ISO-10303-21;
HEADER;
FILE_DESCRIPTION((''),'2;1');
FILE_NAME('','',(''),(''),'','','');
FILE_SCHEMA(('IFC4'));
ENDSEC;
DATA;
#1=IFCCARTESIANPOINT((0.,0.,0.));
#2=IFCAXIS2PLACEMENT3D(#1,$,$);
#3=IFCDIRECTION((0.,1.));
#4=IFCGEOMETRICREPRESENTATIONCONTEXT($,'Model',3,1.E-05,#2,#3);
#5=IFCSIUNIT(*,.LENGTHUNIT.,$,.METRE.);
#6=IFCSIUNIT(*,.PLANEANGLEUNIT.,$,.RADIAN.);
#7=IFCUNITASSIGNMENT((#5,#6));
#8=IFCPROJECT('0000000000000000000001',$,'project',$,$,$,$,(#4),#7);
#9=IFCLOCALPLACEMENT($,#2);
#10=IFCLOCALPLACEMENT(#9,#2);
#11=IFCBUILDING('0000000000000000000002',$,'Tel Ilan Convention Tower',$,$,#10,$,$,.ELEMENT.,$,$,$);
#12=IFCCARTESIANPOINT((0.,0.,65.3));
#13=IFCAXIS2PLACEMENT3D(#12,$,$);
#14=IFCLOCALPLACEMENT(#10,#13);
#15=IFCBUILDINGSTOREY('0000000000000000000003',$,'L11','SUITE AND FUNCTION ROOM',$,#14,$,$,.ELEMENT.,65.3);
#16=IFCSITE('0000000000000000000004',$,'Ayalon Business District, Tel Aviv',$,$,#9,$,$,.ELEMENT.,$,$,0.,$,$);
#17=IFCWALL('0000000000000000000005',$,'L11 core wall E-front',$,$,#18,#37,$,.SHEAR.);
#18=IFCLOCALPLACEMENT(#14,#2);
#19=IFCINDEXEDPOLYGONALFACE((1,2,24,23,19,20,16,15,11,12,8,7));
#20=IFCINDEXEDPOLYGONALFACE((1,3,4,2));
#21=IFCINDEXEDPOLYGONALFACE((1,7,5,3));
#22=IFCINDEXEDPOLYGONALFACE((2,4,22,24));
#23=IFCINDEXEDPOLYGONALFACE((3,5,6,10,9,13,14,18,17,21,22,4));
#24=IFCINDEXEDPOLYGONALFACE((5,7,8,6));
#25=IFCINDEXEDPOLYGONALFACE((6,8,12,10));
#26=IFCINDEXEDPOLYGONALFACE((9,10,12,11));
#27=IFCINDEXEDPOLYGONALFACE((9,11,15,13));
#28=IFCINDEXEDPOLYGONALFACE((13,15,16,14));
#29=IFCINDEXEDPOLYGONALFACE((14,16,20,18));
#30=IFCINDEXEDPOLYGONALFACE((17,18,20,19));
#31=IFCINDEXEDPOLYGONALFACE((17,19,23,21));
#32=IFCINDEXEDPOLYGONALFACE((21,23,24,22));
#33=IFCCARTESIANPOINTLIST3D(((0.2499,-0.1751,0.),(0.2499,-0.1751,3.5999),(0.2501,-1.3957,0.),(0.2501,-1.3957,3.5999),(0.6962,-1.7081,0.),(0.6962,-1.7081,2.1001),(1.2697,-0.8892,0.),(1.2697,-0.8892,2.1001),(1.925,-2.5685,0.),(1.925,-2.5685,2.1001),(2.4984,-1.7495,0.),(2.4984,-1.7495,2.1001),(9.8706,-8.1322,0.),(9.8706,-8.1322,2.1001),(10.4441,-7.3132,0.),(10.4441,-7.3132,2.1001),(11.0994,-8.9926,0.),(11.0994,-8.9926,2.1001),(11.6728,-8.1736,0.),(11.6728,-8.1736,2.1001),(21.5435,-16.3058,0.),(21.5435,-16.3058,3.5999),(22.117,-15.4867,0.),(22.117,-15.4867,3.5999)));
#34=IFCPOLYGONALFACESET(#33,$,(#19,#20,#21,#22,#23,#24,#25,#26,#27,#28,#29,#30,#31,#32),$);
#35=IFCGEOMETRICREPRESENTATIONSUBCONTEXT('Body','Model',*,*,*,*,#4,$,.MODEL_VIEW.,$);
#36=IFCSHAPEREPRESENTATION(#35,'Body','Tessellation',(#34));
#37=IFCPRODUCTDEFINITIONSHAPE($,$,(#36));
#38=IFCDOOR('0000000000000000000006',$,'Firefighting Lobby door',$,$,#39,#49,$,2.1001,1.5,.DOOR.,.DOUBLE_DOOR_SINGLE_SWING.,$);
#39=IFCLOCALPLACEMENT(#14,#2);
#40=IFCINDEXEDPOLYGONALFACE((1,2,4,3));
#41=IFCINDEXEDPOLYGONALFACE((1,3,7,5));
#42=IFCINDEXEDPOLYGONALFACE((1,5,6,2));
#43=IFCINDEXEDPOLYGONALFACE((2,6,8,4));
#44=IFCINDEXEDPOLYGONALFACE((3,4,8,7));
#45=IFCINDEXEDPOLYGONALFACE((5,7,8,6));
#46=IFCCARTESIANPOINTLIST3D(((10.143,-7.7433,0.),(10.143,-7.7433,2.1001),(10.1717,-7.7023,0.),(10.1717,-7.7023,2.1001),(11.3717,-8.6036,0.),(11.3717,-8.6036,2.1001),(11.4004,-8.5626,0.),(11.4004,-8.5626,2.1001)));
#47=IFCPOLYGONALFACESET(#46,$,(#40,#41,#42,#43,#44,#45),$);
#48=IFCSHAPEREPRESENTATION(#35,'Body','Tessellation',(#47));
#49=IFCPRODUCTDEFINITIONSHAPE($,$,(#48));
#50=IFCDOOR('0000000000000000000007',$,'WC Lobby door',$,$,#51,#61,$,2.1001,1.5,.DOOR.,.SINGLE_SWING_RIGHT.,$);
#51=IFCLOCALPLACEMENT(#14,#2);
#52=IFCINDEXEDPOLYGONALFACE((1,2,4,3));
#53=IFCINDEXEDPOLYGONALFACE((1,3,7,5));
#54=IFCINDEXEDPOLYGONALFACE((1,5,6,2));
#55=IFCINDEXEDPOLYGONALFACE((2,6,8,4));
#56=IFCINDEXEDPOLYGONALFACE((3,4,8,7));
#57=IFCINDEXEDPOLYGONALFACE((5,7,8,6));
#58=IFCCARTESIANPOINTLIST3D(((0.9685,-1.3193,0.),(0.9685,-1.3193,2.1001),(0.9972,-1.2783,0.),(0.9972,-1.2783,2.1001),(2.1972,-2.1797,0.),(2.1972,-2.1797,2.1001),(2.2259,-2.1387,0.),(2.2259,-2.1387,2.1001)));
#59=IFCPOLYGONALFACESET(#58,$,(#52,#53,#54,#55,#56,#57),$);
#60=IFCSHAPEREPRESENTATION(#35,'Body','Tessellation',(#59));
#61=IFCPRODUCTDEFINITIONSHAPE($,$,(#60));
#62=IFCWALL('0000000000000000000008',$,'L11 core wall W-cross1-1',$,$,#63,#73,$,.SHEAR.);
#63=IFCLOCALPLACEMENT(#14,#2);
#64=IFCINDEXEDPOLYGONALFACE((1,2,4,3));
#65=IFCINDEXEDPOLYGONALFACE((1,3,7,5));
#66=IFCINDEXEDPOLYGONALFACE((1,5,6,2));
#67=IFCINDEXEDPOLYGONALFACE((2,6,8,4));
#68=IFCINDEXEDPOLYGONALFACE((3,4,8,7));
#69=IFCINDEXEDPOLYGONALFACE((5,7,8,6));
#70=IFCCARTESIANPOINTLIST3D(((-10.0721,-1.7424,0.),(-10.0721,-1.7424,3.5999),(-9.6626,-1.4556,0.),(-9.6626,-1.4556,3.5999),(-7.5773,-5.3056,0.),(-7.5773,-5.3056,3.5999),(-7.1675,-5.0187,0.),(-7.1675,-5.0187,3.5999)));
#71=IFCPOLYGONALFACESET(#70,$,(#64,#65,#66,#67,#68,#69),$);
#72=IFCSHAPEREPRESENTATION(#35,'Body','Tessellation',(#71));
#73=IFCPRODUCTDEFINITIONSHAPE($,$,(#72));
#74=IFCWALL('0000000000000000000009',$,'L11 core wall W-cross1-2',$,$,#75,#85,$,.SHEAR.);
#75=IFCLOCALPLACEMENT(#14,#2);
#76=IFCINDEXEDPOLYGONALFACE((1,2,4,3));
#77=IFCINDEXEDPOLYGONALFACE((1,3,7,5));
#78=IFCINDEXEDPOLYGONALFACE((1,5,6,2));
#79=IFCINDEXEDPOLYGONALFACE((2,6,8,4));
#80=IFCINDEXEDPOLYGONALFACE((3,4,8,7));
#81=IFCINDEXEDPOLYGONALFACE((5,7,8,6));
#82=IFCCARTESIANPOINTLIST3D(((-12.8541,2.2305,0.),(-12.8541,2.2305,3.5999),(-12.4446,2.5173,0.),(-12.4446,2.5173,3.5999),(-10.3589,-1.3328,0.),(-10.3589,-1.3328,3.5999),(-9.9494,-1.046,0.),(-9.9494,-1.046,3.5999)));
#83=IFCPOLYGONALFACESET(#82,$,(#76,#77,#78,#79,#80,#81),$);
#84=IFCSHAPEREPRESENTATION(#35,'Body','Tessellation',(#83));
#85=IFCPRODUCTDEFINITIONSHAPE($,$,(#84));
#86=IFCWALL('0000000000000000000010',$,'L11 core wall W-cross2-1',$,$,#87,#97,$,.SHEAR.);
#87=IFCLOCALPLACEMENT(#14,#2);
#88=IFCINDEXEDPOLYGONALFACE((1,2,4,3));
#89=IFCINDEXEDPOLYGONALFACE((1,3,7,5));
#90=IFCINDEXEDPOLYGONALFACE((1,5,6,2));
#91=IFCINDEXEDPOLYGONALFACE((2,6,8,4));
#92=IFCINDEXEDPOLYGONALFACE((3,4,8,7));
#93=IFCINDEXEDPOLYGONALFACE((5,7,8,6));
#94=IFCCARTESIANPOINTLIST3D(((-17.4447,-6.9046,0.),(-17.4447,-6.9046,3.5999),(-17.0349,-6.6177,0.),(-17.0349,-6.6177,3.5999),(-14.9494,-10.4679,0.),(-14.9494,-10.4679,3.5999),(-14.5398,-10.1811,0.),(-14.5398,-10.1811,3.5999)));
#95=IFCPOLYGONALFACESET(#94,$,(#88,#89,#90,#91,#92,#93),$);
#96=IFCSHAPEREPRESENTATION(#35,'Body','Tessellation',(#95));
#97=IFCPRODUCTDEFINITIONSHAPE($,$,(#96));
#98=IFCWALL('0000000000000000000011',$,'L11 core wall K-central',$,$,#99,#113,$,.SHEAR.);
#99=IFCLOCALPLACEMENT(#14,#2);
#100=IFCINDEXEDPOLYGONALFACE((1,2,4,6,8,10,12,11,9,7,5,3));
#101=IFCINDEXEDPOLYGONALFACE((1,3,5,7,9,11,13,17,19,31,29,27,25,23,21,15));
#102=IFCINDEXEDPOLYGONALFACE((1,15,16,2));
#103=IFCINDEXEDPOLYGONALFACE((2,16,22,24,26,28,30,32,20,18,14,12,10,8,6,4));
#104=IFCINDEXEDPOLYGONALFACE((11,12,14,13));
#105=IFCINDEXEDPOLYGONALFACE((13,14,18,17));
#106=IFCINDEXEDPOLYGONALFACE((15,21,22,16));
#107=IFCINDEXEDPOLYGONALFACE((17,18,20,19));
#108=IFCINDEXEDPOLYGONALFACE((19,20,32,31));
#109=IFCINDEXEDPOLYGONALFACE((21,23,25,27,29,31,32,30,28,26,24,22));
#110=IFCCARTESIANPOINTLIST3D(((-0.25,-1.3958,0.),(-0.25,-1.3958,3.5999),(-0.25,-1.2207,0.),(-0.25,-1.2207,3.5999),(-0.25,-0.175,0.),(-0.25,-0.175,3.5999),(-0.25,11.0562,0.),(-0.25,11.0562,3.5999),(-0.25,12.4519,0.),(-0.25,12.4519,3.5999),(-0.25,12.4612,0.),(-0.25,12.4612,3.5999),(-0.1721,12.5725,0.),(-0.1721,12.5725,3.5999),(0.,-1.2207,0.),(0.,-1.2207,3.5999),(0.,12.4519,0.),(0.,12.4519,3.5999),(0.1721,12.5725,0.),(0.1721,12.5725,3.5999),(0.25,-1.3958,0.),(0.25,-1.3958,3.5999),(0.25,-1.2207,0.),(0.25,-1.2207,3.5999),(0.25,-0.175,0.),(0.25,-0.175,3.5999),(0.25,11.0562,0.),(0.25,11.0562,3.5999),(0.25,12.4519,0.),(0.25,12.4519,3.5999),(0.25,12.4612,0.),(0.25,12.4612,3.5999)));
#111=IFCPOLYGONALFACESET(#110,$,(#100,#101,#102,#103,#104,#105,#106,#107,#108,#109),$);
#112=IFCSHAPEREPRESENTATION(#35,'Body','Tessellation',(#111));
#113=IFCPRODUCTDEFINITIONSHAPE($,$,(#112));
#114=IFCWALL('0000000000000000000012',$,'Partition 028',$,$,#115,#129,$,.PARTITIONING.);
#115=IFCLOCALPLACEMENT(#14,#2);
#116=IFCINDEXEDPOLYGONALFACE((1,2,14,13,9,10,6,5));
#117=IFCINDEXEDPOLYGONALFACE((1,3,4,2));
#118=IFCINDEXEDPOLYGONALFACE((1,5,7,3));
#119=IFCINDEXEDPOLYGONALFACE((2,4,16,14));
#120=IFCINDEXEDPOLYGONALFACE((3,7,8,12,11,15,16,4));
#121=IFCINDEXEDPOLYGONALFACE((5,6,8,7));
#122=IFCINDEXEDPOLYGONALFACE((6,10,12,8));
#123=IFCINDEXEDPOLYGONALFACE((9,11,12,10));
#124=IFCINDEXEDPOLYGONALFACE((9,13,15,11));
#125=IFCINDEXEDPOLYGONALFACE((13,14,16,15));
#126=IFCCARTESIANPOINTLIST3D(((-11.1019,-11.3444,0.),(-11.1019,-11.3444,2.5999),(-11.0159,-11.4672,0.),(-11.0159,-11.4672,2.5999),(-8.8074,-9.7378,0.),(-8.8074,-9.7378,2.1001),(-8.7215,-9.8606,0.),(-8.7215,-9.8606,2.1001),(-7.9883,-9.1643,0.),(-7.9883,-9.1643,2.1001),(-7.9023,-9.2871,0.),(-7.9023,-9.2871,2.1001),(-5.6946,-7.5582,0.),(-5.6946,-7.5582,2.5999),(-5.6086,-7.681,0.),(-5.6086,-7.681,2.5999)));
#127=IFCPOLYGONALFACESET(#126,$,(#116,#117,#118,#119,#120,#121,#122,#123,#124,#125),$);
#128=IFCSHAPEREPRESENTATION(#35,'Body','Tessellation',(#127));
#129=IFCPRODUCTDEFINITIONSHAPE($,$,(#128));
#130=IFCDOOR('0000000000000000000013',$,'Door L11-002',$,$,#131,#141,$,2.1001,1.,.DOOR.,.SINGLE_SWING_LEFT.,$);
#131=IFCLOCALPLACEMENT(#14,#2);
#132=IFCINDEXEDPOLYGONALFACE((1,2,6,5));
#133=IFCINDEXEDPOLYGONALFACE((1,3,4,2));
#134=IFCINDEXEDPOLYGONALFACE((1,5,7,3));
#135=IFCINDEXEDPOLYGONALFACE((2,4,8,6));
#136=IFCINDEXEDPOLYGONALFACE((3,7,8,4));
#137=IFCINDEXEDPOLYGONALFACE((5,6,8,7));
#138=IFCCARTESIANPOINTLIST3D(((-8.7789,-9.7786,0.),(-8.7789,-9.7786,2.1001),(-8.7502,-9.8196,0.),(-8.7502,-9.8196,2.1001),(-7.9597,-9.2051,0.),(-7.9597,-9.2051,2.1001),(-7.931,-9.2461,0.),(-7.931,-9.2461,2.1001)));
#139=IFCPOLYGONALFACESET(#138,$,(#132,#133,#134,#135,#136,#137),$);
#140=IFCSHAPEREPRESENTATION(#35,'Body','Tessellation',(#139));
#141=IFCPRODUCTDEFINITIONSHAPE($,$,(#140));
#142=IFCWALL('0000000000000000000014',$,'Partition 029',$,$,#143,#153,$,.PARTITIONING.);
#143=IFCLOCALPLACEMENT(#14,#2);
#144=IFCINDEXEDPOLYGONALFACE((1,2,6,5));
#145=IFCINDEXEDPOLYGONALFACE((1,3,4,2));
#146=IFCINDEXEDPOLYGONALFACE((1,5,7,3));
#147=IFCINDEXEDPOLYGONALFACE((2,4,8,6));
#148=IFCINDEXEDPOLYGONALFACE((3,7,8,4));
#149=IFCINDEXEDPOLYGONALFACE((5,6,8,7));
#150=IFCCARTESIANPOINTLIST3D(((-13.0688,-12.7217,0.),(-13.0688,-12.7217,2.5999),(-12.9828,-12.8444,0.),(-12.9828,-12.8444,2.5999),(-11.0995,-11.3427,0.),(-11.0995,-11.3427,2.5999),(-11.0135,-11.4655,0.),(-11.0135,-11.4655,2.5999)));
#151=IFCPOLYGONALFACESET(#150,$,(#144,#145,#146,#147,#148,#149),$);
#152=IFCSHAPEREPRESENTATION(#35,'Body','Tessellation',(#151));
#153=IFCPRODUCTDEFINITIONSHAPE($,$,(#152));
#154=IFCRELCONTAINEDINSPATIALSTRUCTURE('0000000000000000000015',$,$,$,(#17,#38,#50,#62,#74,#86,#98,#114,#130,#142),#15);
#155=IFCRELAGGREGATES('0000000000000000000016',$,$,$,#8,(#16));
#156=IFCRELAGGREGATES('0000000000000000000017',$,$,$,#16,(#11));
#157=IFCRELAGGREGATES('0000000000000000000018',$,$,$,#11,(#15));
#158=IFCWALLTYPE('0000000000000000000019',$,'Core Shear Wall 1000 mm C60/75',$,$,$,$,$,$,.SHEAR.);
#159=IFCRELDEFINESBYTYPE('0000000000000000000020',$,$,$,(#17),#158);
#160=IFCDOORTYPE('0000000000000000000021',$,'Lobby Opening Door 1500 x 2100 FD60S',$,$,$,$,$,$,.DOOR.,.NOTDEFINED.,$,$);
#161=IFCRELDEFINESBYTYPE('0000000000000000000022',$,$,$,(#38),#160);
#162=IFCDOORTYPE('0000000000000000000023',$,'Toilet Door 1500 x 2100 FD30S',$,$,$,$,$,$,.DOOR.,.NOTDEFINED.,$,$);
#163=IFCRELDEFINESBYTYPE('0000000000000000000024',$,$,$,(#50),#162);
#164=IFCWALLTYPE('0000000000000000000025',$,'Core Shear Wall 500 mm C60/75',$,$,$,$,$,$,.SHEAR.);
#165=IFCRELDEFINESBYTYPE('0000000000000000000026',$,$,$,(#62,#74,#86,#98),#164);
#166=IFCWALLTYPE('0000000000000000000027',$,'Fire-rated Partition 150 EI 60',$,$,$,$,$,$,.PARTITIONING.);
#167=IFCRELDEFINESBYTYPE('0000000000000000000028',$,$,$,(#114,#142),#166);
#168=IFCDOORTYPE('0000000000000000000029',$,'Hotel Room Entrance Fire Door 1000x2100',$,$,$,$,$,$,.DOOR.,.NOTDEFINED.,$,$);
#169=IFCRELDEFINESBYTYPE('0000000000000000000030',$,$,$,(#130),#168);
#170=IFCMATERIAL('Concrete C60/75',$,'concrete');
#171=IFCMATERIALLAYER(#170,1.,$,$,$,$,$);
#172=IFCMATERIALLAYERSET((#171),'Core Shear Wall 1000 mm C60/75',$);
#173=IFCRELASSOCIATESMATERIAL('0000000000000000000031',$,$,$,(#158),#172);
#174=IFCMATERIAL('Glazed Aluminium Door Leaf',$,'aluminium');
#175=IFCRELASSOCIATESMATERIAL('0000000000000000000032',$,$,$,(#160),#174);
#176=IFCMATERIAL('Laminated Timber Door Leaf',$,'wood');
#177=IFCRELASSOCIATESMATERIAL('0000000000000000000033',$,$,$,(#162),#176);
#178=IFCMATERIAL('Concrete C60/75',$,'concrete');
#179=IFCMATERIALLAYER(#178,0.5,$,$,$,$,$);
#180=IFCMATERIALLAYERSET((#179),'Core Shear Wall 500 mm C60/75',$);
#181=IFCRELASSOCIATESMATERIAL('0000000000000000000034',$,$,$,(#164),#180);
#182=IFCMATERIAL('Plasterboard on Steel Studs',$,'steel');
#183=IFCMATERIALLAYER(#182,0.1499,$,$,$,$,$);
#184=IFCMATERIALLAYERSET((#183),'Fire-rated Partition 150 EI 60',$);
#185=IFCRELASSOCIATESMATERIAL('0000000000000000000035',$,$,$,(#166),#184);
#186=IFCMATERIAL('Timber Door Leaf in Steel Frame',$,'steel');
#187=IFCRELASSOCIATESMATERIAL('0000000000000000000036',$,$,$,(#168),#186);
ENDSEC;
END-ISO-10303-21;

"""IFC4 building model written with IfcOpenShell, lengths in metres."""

from ifc_helpers import new_model, si_unit, direction, frame, frame_2d, origin, place, context, subcontext, project, spatial, polyline, rectangle, outline, extrude, material, layer, layer_set, type_object, element, fill, save


model = new_model("IFC4")

# Units and contexts
model_context = context("Model", 3, precision=1e-05, world=origin(), true_north=direction((0.0, 1.0)))
body_context = subcontext(model_context, "Body", "Model", "MODEL_VIEW")
ifc_project = project(units=[si_unit("LENGTHUNIT", "METRE"), si_unit("PLANEANGLEUNIT", "RADIAN")], contexts=[model_context])

# Site, building, storey
site_placement = place(None, origin())
site = spatial("IfcSite", under=ifc_project, at=site_placement, Name="Ayalon Business District, Tel Aviv", CompositionType="ELEMENT", RefElevation=0.0)
building_placement = place(site_placement, origin())
building = spatial("IfcBuilding", under=site, at=building_placement, Name="Tel Ilan Convention Tower", CompositionType="ELEMENT")
storey_placement = place(building_placement, frame((0.0, 0.0, 65.3)))
storey = spatial("IfcBuildingStorey", under=building, at=storey_placement, Name="L11", Description="SUITE AND FUNCTION ROOM", CompositionType="ELEMENT", Elevation=65.3)

# Wall, openings, doors
ifc_material_1 = material(Name="Concrete C60/75", Category="concrete")
ifc_layer_1 = layer(ifc_material_1, 1.0)
ifc_layer_set_1 = layer_set([ifc_layer_1], Name="Core Shear Wall 1000 mm C60/75")
wall_type_1 = type_object("IfcWallType", Name="Core Shear Wall 1000 mm C60/75", PredefinedType="SHEAR", material=ifc_layer_set_1)
wall_1_placement = place(storey_placement, frame((-0.0369, -0.5847, 0.0), z_axis=(0.0, 0.0, 1.0), x_axis=(0.819157, -0.573569, 0.0)))
wall_1 = element("IfcWall", 1, at=wall_1_placement, inside=storey, type_object=wall_type_1, Name="L11 core wall E-front", PredefinedType="SHEAR", context=body_context, shape_type="SweptSolid", body=[
    extrude(outline(polyline([(26.6948, 0.4998), (0.0, 0.5), (0.7002, -0.4998), (26.6948, -0.5002), (26.6948, 0.4998)])), origin(), (0.0, 0.0, 1.0), 3.5999),
])
opening_1_placement = place(wall_1_placement, frame((1.2449, 0.0, 0.0)))
opening_1 = element("IfcOpeningElement", 2, at=opening_1_placement, cuts=wall_1, PredefinedType="OPENING", context=body_context, shape_type="SweptSolid", body=[
    extrude(rectangle(XDim=1.5, YDim=2.1001, at=frame_2d((0.75, 1.05))), frame((0.0, 0.51, 0.0), z_axis=(0.0, -1.0, 0.0), x_axis=(1.0, 0.0, 0.0)), (0.0, 0.0, 1.0), 1.02),
])
opening_2_placement = place(wall_1_placement, frame((12.4448, 0.0, 0.0)))
opening_2 = element("IfcOpeningElement", 3, at=opening_2_placement, cuts=wall_1, PredefinedType="OPENING", context=body_context, shape_type="SweptSolid", body=[
    extrude(rectangle(XDim=1.5, YDim=2.1001, at=frame_2d((0.75, 1.05))), frame((0.0, 0.51, 0.0), z_axis=(0.0, -1.0, 0.0), x_axis=(1.0, 0.0, 0.0)), (0.0, 0.0, 1.0), 1.02),
])
ifc_material_2 = material(Name="Glazed Aluminium Door Leaf", Category="aluminium")
door_type_1 = type_object("IfcDoorType", Name="Lobby Opening Door 1500 x 2100 FD60S", OperationType="NOTDEFINED", PredefinedType="DOOR", material=ifc_material_2)
door_1_placement = place(opening_2_placement, origin())
door_1 = element("IfcDoor", 4, at=door_1_placement, inside=storey, type_object=door_type_1, Name="Firefighting Lobby door", OperationType="DOUBLE_DOOR_SINGLE_SWING", OverallHeight=2.1001, OverallWidth=1.5, PredefinedType="DOOR", context=body_context, shape_type="SweptSolid", body=[
    extrude(rectangle(XDim=1.5, YDim=2.1001, at=frame_2d((0.75, 1.05))), frame((0.0, 0.0249, 0.0), z_axis=(0.0, -1.0, 0.0), x_axis=(1.0, 0.0, 0.0)), (0.0, 0.0, 1.0), 0.05),
])
fill(opening_2, door_1)
ifc_material_3 = material(Name="Laminated Timber Door Leaf", Category="wood")
door_type_2 = type_object("IfcDoorType", Name="Toilet Door 1500 x 2100 FD30S", OperationType="NOTDEFINED", PredefinedType="DOOR", material=ifc_material_3)
door_2_placement = place(opening_1_placement, origin())
door_2 = element("IfcDoor", 5, at=door_2_placement, inside=storey, type_object=door_type_2, Name="WC Lobby door", OperationType="SINGLE_SWING_RIGHT", OverallHeight=2.1001, OverallWidth=1.5, PredefinedType="DOOR", context=body_context, shape_type="SweptSolid", body=[
    extrude(rectangle(XDim=1.5, YDim=2.1001, at=frame_2d((0.75, 1.05))), frame((0.0, 0.0249, 0.0), z_axis=(0.0, -1.0, 0.0), x_axis=(1.0, 0.0, 0.0)), (0.0, 0.0, 1.0), 0.05),
])
fill(opening_1, door_2)

# Walls
ifc_material_4 = material(Name="Concrete C60/75", Category="concrete")
ifc_layer_2 = layer(ifc_material_4, 0.5)
ifc_layer_set_2 = layer_set([ifc_layer_2], Name="Core Shear Wall 500 mm C60/75")
wall_type_2 = type_object("IfcWallType", Name="Core Shear Wall 500 mm C60/75", PredefinedType="SHEAR", material=ifc_layer_set_2)
wall_2_placement = place(storey_placement, frame((-7.3723, -5.1621, 0.0), z_axis=(0.0, 0.0, 1.0), x_axis=(-0.573594, 0.81914, 0.0)))
element("IfcWall", 6, at=wall_2_placement, inside=storey, type_object=wall_type_2, Name="L11 core wall W-cross1-1", PredefinedType="SHEAR", context=body_context, shape_type="SweptSolid", body=[
    extrude(outline(polyline([(4.3499, 0.25), (0.0, 0.2502), (0.0, -0.25), (4.3499, -0.25), (4.3499, 0.25)])), origin(), (0.0, 0.0, 1.0), 3.5999),
])
wall_3_placement = place(storey_placement, frame((-10.1543, -1.1892, 0.0), z_axis=(0.0, 0.0, 1.0), x_axis=(-0.573594, 0.81914, 0.0)))
element("IfcWall", 7, at=wall_3_placement, inside=storey, type_object=wall_type_2, Name="L11 core wall W-cross1-2", PredefinedType="SHEAR", context=body_context, shape_type="SweptSolid", body=[
    extrude(outline(polyline([(4.3499, -0.25), (4.3499, 0.25), (-0.0002, 0.25), (-0.0002, -0.25), (4.3499, -0.25)])), origin(), (0.0, 0.0, 1.0), 3.5999),
])
wall_4_placement = place(storey_placement, frame((-14.7446, -10.3245, 0.0), z_axis=(0.0, 0.0, 1.0), x_axis=(-0.573568, 0.819158, 0.0)))
element("IfcWall", 8, at=wall_4_placement, inside=storey, type_object=wall_type_2, Name="L11 core wall W-cross2-1", PredefinedType="SHEAR", context=body_context, shape_type="SweptSolid", body=[
    extrude(outline(polyline([(4.3501, 0.2502), (0.0, 0.25), (0.0, -0.25), (4.3501, -0.25), (4.3501, 0.2502)])), origin(), (0.0, 0.0, 1.0), 3.5999),
])
wall_5_placement = place(storey_placement, frame((0.0, -1.3958, 0.0), z_axis=(0.0, 0.0, 1.0), x_axis=(0.0, 1.0, 0.0)))
element("IfcWall", 9, at=wall_5_placement, inside=storey, type_object=wall_type_2, Name="L11 core wall K-central", PredefinedType="SHEAR", context=body_context, shape_type="SweptSolid", body=[
    extrude(outline(polyline([(0.0, -0.25), (0.175, -0.25), (1.2207, -0.25), (12.4519, -0.25), (13.8477, -0.25), (13.8569, -0.25), (13.9683, -0.1721), (13.8477, 0.0), (13.9683, 0.1721), (13.8569, 0.25), (13.8477, 0.25), (12.4519, 0.25), (1.2207, 0.25), (0.175, 0.25), (0.0, 0.25), (0.175, 0.0), (0.0, -0.25)])), origin(), (0.0, 0.0, 1.0), 3.5999),
])

# Wall, opening, door
ifc_material_5 = material(Name="Plasterboard on Steel Studs", Category="steel")
ifc_layer_3 = layer(ifc_material_5, 0.1499)
ifc_layer_set_3 = layer_set([ifc_layer_3], Name="Fire-rated Partition 150 EI 60")
wall_type_3 = type_object("IfcWallType", Name="Fire-rated Partition 150 EI 60", PredefinedType="PARTITIONING", material=ifc_layer_set_3)
wall_6_placement = place(storey_placement, frame((-5.6516, -7.6196, 0.0), z_axis=(0.0, 0.0, 1.0), x_axis=(-0.819155, -0.573572, 0.0)))
wall_6 = element("IfcWall", 10, at=wall_6_placement, inside=storey, type_object=wall_type_3, Name="Partition 028", PredefinedType="PARTITIONING", context=body_context, shape_type="SweptSolid", body=[
    extrude(rectangle(XDim=6.6011, YDim=0.1499, at=frame_2d((3.3005, 0.0))), origin(), (0.0, 0.0, 1.0), 2.5999),
])
opening_3_placement = place(wall_6_placement, frame((2.8, 0.0, 0.0)))
opening_3 = element("IfcOpeningElement", 11, at=opening_3_placement, cuts=wall_6, PredefinedType="OPENING", context=body_context, shape_type="SweptSolid", body=[
    extrude(rectangle(XDim=1.0, YDim=2.1001, at=frame_2d((0.5, 1.05))), frame((0.0, 0.085, 0.0), z_axis=(0.0, -1.0, 0.0), x_axis=(1.0, 0.0, 0.0)), (0.0, 0.0, 1.0), 0.1699),
])
ifc_material_6 = material(Name="Timber Door Leaf in Steel Frame", Category="steel")
door_type_3 = type_object("IfcDoorType", Name="Hotel Room Entrance Fire Door 1000x2100", OperationType="NOTDEFINED", PredefinedType="DOOR", material=ifc_material_6)
door_3_placement = place(opening_3_placement, origin())
door_3 = element("IfcDoor", 12, at=door_3_placement, inside=storey, type_object=door_type_3, Name="Door L11-002", OperationType="SINGLE_SWING_LEFT", OverallHeight=2.1001, OverallWidth=1.0, PredefinedType="DOOR", context=body_context, shape_type="SweptSolid", body=[
    extrude(rectangle(XDim=1.0, YDim=2.1001, at=frame_2d((0.5, 1.05))), frame((0.0, 0.0249, 0.0), z_axis=(0.0, -1.0, 0.0), x_axis=(1.0, 0.0, 0.0)), (0.0, 0.0, 1.0), 0.05),
])
fill(opening_3, door_3)

# Wall
wall_7_placement = place(storey_placement, frame((-11.0564, -11.4041, 0.0), z_axis=(0.0, 0.0, 1.0), x_axis=(-0.819146, -0.573585, 0.0)))
element("IfcWall", 13, at=wall_7_placement, inside=storey, type_object=wall_type_3, Name="Partition 029", PredefinedType="PARTITIONING", context=body_context, shape_type="SweptSolid", body=[
    extrude(rectangle(XDim=2.4041, YDim=0.1499, at=frame_2d((1.2021, 0.0))), origin(), (0.0, 0.0, 1.0), 2.5999),
])

save(model, "model.ifc")
